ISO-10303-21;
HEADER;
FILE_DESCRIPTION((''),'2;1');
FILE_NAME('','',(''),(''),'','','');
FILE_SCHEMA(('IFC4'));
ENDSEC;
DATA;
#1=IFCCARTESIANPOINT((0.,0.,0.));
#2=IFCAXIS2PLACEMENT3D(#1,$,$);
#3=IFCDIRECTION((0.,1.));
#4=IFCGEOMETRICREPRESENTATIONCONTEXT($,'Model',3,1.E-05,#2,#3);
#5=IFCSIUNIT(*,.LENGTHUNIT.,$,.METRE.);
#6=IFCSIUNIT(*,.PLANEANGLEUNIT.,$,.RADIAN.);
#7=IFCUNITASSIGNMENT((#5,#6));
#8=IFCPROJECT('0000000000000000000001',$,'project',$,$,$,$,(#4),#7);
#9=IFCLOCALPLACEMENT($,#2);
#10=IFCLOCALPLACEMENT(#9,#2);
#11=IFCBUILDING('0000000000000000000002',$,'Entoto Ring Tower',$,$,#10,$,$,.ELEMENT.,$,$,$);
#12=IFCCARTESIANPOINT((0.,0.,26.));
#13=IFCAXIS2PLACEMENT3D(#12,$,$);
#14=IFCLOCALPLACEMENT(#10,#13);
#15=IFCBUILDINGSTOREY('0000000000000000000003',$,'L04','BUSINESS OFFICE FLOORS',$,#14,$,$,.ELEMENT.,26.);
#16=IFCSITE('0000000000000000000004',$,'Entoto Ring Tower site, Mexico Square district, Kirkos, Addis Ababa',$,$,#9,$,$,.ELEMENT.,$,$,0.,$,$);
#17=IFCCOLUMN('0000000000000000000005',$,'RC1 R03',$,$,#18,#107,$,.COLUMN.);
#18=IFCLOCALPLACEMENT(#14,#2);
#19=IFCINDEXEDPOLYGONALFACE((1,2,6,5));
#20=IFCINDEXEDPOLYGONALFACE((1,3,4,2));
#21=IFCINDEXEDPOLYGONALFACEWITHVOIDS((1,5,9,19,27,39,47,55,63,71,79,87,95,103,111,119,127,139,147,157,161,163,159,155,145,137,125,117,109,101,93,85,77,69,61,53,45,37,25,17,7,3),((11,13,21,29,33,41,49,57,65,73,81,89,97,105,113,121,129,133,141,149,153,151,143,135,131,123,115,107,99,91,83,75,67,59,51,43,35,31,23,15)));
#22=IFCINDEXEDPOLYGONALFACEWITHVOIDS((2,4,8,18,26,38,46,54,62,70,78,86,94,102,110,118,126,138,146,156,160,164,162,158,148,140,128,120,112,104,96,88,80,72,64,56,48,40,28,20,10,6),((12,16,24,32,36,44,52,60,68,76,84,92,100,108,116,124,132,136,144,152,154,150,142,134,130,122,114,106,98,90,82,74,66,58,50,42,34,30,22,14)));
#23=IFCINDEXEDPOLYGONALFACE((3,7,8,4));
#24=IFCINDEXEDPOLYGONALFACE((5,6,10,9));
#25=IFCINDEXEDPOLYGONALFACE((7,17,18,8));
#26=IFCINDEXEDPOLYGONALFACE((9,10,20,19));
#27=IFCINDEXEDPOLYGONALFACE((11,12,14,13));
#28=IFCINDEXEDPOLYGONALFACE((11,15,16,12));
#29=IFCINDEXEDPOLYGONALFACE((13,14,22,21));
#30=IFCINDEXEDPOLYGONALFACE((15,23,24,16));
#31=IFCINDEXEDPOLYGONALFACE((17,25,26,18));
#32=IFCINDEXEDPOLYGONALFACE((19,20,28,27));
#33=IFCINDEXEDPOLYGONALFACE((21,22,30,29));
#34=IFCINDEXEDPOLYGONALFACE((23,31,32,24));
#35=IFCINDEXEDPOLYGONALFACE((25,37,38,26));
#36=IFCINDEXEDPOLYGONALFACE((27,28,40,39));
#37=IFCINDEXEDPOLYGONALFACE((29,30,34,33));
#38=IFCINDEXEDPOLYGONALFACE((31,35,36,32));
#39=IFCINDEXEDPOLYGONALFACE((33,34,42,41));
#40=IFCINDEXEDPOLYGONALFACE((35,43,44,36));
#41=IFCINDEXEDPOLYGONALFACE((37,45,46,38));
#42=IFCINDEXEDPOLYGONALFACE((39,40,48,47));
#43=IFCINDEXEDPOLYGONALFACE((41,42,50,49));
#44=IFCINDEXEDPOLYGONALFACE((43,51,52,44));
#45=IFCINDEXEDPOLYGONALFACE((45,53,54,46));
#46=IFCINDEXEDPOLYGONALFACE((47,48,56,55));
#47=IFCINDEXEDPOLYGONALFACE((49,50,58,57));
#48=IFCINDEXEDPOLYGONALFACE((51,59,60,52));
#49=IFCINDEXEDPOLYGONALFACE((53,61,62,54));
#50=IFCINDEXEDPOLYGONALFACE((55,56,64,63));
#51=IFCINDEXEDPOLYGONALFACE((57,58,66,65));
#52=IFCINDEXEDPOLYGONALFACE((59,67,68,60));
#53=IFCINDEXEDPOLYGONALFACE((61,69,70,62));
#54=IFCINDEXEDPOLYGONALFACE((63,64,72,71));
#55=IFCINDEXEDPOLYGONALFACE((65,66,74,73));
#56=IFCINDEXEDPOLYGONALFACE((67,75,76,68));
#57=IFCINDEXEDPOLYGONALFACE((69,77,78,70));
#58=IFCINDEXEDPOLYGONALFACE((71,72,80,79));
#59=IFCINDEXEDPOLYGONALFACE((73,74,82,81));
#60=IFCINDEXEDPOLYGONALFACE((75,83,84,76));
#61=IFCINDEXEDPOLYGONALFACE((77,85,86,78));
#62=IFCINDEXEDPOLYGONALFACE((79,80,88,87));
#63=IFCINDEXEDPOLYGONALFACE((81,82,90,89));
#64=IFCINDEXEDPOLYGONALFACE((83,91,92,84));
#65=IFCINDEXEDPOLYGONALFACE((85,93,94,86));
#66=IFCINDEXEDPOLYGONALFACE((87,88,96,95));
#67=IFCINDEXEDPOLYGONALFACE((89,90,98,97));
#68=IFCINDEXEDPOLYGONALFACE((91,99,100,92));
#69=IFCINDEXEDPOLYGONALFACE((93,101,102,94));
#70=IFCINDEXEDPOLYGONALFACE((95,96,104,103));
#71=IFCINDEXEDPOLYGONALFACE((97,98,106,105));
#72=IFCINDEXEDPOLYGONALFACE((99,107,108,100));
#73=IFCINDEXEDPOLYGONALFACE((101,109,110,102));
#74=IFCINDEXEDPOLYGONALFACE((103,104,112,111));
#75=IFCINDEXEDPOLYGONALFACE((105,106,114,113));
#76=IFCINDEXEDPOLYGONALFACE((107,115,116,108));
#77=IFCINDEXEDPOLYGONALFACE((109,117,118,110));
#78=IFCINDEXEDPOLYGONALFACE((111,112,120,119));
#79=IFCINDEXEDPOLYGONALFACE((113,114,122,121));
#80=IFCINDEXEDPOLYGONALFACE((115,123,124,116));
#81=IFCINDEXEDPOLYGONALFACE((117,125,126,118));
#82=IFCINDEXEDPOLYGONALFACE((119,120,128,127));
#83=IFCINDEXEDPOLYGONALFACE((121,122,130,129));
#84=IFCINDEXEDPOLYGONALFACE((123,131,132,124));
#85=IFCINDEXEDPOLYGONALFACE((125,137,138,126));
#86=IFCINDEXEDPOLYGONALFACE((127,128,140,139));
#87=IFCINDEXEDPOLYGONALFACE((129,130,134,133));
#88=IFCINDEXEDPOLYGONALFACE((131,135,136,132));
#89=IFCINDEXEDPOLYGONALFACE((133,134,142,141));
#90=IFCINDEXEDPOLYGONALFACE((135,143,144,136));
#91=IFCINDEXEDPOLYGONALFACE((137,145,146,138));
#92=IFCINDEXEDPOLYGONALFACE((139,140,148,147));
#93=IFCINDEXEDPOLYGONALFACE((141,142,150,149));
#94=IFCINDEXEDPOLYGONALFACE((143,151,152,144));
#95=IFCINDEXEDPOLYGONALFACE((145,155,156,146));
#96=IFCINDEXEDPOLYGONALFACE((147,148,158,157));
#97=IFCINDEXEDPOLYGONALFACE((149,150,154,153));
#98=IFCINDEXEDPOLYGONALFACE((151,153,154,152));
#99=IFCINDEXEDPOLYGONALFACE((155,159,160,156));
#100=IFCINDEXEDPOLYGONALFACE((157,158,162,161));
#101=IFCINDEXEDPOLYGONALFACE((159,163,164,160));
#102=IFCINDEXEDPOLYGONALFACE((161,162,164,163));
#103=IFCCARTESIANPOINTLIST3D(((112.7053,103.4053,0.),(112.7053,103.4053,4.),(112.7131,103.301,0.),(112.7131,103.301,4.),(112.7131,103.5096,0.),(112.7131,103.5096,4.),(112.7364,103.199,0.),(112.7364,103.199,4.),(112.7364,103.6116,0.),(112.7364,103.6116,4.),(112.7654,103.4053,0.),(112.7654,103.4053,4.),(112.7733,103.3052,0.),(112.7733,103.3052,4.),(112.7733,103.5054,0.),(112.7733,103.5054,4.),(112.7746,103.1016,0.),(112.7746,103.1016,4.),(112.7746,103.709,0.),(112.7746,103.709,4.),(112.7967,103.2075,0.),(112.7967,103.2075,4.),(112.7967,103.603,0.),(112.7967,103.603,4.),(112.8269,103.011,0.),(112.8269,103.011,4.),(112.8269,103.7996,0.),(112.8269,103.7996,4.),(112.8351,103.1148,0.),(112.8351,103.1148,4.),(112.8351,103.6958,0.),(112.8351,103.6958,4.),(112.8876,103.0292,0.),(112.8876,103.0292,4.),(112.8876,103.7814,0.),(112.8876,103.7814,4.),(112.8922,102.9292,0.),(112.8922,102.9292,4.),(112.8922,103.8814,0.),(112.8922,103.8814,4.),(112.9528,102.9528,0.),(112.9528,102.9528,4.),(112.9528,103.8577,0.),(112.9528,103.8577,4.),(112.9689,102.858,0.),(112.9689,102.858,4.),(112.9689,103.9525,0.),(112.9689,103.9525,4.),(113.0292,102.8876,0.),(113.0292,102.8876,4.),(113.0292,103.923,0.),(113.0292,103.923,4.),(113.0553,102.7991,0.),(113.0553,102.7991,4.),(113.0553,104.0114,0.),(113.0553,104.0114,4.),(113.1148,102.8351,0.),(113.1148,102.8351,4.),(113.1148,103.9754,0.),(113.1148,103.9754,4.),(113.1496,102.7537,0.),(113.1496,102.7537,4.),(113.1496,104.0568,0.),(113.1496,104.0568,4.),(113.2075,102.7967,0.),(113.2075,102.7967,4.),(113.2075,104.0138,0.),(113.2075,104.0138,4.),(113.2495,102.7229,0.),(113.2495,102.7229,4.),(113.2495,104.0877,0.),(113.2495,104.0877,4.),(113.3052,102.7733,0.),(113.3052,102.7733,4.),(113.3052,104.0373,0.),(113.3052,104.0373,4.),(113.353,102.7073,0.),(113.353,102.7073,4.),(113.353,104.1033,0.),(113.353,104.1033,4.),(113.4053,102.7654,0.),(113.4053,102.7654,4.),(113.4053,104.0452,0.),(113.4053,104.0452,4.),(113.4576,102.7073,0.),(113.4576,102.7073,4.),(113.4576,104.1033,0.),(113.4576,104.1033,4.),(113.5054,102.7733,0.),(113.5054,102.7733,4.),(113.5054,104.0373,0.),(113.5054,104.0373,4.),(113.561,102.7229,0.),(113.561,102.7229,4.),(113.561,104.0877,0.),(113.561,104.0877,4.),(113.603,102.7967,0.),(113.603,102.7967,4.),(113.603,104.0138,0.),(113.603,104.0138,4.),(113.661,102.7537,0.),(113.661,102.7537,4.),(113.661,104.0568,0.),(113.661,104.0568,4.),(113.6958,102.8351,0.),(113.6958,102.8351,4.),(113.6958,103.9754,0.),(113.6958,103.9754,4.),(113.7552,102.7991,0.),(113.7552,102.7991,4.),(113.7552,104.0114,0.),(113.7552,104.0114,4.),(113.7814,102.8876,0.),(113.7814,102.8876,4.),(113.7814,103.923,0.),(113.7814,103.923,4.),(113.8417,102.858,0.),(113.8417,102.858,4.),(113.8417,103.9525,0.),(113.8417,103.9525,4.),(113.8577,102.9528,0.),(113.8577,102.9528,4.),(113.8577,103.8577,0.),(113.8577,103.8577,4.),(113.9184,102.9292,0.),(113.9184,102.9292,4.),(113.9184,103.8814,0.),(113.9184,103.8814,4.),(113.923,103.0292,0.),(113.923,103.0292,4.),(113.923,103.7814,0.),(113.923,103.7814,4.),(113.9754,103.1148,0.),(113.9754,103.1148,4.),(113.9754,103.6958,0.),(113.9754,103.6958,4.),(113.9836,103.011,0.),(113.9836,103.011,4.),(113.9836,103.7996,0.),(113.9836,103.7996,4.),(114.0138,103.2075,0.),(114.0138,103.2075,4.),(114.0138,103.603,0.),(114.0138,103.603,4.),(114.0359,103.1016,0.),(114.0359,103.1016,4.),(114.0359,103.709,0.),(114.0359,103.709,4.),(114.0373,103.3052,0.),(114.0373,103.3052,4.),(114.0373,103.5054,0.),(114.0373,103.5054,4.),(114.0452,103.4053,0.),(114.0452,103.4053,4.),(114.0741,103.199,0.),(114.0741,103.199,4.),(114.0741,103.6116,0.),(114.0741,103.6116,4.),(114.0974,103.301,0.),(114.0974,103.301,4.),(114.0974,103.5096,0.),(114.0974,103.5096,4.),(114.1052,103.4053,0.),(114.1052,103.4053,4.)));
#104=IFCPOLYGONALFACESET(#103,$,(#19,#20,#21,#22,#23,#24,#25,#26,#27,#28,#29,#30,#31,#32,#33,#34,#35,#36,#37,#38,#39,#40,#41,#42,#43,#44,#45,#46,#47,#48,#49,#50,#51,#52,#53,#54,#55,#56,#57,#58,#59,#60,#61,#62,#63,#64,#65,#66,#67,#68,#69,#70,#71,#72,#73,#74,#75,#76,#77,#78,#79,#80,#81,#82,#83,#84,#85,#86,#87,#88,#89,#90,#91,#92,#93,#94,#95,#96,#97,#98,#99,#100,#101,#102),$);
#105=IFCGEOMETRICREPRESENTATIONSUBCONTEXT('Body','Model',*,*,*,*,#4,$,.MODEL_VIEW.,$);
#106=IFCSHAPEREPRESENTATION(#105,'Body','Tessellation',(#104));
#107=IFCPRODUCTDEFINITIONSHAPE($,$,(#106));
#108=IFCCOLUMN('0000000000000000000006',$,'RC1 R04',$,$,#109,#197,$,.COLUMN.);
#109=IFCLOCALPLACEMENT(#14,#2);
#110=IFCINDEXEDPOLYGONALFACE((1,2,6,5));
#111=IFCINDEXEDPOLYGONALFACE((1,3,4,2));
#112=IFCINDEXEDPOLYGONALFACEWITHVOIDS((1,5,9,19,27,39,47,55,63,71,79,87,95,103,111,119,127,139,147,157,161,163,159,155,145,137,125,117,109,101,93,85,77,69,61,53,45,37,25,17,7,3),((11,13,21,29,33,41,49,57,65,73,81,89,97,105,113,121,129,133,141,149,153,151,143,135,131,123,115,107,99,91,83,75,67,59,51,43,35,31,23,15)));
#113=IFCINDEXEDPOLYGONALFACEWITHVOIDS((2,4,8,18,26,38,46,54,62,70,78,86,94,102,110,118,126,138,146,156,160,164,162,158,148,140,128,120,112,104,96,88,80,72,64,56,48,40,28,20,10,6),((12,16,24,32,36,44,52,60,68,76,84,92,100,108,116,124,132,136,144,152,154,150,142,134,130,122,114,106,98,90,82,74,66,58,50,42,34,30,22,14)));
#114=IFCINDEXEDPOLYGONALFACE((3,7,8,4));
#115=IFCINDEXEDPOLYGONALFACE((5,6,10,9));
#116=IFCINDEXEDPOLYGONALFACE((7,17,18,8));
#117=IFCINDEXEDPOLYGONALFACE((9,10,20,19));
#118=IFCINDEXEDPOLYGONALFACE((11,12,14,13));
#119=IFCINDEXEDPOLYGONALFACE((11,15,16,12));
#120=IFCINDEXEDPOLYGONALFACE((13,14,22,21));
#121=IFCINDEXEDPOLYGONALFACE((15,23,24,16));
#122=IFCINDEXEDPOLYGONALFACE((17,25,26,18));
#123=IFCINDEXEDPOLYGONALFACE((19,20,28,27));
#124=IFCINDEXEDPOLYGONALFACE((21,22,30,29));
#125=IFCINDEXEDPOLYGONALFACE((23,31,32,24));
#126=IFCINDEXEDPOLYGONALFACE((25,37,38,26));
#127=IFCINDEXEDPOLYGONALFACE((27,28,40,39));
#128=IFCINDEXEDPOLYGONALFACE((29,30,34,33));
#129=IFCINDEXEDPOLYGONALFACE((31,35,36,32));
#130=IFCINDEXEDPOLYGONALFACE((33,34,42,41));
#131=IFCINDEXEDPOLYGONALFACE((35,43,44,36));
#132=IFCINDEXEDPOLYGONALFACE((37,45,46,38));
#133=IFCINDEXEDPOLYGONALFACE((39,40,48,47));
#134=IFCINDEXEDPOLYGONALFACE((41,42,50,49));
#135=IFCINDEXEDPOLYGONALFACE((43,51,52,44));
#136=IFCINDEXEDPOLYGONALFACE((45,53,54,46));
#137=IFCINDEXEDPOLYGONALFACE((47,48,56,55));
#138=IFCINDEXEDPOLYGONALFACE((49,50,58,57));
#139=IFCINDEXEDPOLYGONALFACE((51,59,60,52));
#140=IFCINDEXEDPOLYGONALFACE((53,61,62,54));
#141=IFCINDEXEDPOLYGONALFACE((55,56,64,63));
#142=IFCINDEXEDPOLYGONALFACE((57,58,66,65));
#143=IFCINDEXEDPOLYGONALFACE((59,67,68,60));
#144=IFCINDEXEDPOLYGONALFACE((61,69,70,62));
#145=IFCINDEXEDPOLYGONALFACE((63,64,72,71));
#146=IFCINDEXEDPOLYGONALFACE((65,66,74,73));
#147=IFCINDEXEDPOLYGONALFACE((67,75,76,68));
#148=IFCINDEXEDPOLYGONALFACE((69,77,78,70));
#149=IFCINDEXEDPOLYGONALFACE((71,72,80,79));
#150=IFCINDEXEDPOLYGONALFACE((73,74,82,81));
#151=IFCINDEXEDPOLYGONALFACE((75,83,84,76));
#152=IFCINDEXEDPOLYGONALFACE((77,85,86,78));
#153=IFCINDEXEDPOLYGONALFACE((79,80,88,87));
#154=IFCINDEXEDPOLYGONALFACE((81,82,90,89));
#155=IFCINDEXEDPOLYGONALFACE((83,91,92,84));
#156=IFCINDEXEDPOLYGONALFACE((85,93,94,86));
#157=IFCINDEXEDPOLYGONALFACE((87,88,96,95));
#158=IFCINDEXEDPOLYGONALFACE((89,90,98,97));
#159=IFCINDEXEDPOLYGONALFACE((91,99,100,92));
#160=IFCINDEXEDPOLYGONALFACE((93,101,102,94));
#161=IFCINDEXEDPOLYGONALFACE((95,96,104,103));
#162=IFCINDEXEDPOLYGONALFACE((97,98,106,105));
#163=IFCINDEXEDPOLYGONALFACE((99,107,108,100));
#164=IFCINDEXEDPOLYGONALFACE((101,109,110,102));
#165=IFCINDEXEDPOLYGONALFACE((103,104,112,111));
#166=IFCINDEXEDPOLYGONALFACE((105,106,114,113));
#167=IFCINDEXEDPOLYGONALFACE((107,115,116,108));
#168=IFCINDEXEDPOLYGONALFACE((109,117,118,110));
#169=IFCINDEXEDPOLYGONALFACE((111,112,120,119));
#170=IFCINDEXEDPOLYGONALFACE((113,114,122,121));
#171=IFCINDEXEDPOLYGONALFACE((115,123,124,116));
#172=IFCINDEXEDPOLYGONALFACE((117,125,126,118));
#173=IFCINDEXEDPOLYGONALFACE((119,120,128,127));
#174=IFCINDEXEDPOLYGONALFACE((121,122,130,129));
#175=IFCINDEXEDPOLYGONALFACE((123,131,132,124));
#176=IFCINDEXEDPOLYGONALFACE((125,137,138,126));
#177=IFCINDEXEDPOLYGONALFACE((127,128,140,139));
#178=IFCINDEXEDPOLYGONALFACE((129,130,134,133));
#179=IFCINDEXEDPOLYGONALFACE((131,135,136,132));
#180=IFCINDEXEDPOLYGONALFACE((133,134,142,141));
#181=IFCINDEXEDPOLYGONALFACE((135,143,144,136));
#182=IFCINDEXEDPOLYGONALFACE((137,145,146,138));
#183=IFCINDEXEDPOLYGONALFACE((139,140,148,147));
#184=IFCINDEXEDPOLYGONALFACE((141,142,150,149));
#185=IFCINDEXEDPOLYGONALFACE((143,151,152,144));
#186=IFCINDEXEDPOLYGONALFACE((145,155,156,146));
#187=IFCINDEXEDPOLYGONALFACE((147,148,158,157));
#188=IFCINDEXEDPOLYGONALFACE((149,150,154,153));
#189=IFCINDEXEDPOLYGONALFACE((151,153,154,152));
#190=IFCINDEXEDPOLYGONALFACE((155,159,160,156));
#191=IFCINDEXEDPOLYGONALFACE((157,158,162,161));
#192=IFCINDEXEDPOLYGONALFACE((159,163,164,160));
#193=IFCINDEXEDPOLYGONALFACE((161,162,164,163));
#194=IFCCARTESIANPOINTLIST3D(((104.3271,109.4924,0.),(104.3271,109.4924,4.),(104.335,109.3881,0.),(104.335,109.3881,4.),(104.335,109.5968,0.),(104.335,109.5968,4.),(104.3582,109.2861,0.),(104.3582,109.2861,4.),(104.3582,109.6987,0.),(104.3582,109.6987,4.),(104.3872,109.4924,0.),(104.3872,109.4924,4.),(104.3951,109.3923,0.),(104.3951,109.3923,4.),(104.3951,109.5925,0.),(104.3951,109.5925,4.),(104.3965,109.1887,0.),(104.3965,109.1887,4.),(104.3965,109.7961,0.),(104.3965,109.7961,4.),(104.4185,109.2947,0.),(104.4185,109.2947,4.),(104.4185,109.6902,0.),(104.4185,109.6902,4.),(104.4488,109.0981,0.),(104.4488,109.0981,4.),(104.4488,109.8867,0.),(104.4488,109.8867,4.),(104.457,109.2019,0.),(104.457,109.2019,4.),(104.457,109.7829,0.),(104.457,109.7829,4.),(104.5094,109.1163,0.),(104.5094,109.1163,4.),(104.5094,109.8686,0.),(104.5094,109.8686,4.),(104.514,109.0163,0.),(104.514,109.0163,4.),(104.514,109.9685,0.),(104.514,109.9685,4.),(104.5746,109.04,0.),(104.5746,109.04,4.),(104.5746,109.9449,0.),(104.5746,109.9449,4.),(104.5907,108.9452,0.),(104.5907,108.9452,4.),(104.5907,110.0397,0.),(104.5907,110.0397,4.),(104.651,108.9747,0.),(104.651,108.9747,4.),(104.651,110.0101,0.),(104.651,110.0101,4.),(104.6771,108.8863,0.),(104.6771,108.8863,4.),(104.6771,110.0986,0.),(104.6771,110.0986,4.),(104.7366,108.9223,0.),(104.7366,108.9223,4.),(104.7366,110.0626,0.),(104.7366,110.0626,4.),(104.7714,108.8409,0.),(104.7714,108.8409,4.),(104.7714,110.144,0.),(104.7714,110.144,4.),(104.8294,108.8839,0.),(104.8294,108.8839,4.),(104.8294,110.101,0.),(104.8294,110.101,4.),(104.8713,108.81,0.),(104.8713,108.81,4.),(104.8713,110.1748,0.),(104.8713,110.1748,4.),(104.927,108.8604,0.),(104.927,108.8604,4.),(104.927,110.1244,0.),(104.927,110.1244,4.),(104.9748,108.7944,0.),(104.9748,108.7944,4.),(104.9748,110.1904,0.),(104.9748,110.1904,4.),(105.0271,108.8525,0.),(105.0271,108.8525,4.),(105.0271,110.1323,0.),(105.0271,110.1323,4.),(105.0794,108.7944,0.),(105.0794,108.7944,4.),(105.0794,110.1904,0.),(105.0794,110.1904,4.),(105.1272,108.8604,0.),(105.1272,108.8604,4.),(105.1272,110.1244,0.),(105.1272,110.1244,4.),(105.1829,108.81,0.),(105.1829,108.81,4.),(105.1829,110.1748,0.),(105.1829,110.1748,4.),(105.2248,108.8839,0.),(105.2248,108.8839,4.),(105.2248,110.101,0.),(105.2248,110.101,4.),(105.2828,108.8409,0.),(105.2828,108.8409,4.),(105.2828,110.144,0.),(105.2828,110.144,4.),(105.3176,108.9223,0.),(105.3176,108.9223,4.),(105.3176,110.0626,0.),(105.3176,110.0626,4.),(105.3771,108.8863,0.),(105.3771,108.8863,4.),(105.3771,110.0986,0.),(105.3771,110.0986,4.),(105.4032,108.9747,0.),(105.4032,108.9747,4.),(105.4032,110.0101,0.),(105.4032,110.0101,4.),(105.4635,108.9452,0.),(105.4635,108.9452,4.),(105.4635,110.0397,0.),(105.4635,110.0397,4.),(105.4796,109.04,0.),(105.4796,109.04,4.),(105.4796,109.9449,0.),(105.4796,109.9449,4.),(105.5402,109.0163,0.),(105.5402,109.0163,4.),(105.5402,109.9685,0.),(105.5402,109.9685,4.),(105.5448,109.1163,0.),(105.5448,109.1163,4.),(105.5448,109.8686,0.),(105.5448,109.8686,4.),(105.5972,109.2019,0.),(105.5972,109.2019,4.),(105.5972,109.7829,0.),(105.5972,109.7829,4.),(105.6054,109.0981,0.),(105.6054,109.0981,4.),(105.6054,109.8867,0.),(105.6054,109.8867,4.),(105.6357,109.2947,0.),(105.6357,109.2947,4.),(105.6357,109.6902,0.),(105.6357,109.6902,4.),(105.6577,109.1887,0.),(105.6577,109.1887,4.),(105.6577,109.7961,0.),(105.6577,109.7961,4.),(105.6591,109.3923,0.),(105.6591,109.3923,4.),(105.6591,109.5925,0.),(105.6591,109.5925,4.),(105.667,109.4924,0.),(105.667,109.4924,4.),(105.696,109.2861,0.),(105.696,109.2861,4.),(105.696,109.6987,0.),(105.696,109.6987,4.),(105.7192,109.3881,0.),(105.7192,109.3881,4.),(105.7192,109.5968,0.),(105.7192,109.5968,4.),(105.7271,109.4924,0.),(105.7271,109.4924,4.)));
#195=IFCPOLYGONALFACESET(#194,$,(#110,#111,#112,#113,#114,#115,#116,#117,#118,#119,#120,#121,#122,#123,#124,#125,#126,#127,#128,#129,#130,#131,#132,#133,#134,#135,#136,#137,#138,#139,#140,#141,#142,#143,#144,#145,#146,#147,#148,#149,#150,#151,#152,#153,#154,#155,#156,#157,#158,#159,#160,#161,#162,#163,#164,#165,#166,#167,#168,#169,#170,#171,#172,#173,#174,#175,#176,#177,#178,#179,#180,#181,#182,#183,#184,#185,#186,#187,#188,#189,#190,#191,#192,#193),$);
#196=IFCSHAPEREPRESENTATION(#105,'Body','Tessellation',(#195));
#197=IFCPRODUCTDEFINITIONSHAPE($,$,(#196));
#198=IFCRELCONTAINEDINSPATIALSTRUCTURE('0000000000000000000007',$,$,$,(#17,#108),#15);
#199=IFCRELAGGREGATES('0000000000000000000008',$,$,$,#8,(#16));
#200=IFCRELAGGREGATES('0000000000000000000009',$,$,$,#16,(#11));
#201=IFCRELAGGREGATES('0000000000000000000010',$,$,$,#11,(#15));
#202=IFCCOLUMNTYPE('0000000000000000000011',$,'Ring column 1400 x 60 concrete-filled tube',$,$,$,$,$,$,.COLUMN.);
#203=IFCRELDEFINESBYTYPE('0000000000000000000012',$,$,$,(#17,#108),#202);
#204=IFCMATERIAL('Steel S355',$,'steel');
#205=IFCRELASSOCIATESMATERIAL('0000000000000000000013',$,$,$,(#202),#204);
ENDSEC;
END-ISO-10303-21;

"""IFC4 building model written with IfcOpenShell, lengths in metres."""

from ifc_helpers import new_model, si_unit, direction, frame, origin, origin_2d, place, context, subcontext, project, spatial, circle, hollow_circle, extrude, material, material_profile, profile_set, type_object, element, save


model = new_model("IFC4")

# Units and contexts
model_context = context("Model", 3, precision=1e-05, world=origin(), true_north=direction((0.0, 1.0)))
body_context = subcontext(model_context, "Body", "Model", "MODEL_VIEW")
ifc_project = project(units=[si_unit("LENGTHUNIT", "METRE"), si_unit("PLANEANGLEUNIT", "RADIAN")], contexts=[model_context])

# Site, building, storey
site_placement = place(None, origin())
site = spatial("IfcSite", under=ifc_project, at=site_placement, Name="Entoto Ring Tower site, Mexico Square district, Kirkos, Addis Ababa", CompositionType="ELEMENT", RefElevation=0.0)
building_placement = place(site_placement, origin())
building = spatial("IfcBuilding", under=site, at=building_placement, Name="Entoto Ring Tower", CompositionType="ELEMENT")
storey_placement = place(building_placement, frame((0.0, 0.0, 26.0)))
storey = spatial("IfcBuildingStorey", under=building, at=storey_placement, Name="L04", Description="BUSINESS OFFICE FLOORS", CompositionType="ELEMENT", Elevation=26.0)

# Columns
ifc_material_1 = material(Name="Steel S355", Category="steel")
ifc_material_profile_1 = material_profile(ifc_material_1, hollow_circle(Radius=0.7, WallThickness=0.0601, at=origin_2d()), Name="CHS 1400 x 60")
ifc_material_2 = material(Name="Concrete C60/75", Category="concrete")
ifc_material_profile_2 = material_profile(ifc_material_2, circle(Radius=0.6399, at=origin_2d()), Name="Concrete C60/75 infill")
ifc_profile_set_1 = profile_set([ifc_material_profile_1, ifc_material_profile_2], Name="Steel S355")
column_type = type_object("IfcColumnType", Name="Ring column 1400 x 60 concrete-filled tube", PredefinedType="COLUMN", material=ifc_profile_set_1)
for number, where, z_axis, x_axis, name in (
    (1, (113.4053, 103.4053, 0.0), (0.0, 0.0, 1.0), (1.0, 0.0, 0.0), "RC1 R03"),
    (2, (105.0271, 109.4924, 0.0), (0.0, 0.0, 1.0), (1.0, 0.0, 0.0), "RC1 R04"),
):
    element("IfcColumn", number, at=place(storey_placement, frame(where, z_axis=z_axis, x_axis=x_axis)), inside=storey, type_object=column_type, Name=name, PredefinedType="COLUMN", context=body_context, shape_type="SweptSolid", body=[
        extrude(hollow_circle(Radius=0.7, WallThickness=0.0601, at=origin_2d()), origin(), (0.0, 0.0, 1.0), 4.0),
    ])

save(model, "model.ifc")
